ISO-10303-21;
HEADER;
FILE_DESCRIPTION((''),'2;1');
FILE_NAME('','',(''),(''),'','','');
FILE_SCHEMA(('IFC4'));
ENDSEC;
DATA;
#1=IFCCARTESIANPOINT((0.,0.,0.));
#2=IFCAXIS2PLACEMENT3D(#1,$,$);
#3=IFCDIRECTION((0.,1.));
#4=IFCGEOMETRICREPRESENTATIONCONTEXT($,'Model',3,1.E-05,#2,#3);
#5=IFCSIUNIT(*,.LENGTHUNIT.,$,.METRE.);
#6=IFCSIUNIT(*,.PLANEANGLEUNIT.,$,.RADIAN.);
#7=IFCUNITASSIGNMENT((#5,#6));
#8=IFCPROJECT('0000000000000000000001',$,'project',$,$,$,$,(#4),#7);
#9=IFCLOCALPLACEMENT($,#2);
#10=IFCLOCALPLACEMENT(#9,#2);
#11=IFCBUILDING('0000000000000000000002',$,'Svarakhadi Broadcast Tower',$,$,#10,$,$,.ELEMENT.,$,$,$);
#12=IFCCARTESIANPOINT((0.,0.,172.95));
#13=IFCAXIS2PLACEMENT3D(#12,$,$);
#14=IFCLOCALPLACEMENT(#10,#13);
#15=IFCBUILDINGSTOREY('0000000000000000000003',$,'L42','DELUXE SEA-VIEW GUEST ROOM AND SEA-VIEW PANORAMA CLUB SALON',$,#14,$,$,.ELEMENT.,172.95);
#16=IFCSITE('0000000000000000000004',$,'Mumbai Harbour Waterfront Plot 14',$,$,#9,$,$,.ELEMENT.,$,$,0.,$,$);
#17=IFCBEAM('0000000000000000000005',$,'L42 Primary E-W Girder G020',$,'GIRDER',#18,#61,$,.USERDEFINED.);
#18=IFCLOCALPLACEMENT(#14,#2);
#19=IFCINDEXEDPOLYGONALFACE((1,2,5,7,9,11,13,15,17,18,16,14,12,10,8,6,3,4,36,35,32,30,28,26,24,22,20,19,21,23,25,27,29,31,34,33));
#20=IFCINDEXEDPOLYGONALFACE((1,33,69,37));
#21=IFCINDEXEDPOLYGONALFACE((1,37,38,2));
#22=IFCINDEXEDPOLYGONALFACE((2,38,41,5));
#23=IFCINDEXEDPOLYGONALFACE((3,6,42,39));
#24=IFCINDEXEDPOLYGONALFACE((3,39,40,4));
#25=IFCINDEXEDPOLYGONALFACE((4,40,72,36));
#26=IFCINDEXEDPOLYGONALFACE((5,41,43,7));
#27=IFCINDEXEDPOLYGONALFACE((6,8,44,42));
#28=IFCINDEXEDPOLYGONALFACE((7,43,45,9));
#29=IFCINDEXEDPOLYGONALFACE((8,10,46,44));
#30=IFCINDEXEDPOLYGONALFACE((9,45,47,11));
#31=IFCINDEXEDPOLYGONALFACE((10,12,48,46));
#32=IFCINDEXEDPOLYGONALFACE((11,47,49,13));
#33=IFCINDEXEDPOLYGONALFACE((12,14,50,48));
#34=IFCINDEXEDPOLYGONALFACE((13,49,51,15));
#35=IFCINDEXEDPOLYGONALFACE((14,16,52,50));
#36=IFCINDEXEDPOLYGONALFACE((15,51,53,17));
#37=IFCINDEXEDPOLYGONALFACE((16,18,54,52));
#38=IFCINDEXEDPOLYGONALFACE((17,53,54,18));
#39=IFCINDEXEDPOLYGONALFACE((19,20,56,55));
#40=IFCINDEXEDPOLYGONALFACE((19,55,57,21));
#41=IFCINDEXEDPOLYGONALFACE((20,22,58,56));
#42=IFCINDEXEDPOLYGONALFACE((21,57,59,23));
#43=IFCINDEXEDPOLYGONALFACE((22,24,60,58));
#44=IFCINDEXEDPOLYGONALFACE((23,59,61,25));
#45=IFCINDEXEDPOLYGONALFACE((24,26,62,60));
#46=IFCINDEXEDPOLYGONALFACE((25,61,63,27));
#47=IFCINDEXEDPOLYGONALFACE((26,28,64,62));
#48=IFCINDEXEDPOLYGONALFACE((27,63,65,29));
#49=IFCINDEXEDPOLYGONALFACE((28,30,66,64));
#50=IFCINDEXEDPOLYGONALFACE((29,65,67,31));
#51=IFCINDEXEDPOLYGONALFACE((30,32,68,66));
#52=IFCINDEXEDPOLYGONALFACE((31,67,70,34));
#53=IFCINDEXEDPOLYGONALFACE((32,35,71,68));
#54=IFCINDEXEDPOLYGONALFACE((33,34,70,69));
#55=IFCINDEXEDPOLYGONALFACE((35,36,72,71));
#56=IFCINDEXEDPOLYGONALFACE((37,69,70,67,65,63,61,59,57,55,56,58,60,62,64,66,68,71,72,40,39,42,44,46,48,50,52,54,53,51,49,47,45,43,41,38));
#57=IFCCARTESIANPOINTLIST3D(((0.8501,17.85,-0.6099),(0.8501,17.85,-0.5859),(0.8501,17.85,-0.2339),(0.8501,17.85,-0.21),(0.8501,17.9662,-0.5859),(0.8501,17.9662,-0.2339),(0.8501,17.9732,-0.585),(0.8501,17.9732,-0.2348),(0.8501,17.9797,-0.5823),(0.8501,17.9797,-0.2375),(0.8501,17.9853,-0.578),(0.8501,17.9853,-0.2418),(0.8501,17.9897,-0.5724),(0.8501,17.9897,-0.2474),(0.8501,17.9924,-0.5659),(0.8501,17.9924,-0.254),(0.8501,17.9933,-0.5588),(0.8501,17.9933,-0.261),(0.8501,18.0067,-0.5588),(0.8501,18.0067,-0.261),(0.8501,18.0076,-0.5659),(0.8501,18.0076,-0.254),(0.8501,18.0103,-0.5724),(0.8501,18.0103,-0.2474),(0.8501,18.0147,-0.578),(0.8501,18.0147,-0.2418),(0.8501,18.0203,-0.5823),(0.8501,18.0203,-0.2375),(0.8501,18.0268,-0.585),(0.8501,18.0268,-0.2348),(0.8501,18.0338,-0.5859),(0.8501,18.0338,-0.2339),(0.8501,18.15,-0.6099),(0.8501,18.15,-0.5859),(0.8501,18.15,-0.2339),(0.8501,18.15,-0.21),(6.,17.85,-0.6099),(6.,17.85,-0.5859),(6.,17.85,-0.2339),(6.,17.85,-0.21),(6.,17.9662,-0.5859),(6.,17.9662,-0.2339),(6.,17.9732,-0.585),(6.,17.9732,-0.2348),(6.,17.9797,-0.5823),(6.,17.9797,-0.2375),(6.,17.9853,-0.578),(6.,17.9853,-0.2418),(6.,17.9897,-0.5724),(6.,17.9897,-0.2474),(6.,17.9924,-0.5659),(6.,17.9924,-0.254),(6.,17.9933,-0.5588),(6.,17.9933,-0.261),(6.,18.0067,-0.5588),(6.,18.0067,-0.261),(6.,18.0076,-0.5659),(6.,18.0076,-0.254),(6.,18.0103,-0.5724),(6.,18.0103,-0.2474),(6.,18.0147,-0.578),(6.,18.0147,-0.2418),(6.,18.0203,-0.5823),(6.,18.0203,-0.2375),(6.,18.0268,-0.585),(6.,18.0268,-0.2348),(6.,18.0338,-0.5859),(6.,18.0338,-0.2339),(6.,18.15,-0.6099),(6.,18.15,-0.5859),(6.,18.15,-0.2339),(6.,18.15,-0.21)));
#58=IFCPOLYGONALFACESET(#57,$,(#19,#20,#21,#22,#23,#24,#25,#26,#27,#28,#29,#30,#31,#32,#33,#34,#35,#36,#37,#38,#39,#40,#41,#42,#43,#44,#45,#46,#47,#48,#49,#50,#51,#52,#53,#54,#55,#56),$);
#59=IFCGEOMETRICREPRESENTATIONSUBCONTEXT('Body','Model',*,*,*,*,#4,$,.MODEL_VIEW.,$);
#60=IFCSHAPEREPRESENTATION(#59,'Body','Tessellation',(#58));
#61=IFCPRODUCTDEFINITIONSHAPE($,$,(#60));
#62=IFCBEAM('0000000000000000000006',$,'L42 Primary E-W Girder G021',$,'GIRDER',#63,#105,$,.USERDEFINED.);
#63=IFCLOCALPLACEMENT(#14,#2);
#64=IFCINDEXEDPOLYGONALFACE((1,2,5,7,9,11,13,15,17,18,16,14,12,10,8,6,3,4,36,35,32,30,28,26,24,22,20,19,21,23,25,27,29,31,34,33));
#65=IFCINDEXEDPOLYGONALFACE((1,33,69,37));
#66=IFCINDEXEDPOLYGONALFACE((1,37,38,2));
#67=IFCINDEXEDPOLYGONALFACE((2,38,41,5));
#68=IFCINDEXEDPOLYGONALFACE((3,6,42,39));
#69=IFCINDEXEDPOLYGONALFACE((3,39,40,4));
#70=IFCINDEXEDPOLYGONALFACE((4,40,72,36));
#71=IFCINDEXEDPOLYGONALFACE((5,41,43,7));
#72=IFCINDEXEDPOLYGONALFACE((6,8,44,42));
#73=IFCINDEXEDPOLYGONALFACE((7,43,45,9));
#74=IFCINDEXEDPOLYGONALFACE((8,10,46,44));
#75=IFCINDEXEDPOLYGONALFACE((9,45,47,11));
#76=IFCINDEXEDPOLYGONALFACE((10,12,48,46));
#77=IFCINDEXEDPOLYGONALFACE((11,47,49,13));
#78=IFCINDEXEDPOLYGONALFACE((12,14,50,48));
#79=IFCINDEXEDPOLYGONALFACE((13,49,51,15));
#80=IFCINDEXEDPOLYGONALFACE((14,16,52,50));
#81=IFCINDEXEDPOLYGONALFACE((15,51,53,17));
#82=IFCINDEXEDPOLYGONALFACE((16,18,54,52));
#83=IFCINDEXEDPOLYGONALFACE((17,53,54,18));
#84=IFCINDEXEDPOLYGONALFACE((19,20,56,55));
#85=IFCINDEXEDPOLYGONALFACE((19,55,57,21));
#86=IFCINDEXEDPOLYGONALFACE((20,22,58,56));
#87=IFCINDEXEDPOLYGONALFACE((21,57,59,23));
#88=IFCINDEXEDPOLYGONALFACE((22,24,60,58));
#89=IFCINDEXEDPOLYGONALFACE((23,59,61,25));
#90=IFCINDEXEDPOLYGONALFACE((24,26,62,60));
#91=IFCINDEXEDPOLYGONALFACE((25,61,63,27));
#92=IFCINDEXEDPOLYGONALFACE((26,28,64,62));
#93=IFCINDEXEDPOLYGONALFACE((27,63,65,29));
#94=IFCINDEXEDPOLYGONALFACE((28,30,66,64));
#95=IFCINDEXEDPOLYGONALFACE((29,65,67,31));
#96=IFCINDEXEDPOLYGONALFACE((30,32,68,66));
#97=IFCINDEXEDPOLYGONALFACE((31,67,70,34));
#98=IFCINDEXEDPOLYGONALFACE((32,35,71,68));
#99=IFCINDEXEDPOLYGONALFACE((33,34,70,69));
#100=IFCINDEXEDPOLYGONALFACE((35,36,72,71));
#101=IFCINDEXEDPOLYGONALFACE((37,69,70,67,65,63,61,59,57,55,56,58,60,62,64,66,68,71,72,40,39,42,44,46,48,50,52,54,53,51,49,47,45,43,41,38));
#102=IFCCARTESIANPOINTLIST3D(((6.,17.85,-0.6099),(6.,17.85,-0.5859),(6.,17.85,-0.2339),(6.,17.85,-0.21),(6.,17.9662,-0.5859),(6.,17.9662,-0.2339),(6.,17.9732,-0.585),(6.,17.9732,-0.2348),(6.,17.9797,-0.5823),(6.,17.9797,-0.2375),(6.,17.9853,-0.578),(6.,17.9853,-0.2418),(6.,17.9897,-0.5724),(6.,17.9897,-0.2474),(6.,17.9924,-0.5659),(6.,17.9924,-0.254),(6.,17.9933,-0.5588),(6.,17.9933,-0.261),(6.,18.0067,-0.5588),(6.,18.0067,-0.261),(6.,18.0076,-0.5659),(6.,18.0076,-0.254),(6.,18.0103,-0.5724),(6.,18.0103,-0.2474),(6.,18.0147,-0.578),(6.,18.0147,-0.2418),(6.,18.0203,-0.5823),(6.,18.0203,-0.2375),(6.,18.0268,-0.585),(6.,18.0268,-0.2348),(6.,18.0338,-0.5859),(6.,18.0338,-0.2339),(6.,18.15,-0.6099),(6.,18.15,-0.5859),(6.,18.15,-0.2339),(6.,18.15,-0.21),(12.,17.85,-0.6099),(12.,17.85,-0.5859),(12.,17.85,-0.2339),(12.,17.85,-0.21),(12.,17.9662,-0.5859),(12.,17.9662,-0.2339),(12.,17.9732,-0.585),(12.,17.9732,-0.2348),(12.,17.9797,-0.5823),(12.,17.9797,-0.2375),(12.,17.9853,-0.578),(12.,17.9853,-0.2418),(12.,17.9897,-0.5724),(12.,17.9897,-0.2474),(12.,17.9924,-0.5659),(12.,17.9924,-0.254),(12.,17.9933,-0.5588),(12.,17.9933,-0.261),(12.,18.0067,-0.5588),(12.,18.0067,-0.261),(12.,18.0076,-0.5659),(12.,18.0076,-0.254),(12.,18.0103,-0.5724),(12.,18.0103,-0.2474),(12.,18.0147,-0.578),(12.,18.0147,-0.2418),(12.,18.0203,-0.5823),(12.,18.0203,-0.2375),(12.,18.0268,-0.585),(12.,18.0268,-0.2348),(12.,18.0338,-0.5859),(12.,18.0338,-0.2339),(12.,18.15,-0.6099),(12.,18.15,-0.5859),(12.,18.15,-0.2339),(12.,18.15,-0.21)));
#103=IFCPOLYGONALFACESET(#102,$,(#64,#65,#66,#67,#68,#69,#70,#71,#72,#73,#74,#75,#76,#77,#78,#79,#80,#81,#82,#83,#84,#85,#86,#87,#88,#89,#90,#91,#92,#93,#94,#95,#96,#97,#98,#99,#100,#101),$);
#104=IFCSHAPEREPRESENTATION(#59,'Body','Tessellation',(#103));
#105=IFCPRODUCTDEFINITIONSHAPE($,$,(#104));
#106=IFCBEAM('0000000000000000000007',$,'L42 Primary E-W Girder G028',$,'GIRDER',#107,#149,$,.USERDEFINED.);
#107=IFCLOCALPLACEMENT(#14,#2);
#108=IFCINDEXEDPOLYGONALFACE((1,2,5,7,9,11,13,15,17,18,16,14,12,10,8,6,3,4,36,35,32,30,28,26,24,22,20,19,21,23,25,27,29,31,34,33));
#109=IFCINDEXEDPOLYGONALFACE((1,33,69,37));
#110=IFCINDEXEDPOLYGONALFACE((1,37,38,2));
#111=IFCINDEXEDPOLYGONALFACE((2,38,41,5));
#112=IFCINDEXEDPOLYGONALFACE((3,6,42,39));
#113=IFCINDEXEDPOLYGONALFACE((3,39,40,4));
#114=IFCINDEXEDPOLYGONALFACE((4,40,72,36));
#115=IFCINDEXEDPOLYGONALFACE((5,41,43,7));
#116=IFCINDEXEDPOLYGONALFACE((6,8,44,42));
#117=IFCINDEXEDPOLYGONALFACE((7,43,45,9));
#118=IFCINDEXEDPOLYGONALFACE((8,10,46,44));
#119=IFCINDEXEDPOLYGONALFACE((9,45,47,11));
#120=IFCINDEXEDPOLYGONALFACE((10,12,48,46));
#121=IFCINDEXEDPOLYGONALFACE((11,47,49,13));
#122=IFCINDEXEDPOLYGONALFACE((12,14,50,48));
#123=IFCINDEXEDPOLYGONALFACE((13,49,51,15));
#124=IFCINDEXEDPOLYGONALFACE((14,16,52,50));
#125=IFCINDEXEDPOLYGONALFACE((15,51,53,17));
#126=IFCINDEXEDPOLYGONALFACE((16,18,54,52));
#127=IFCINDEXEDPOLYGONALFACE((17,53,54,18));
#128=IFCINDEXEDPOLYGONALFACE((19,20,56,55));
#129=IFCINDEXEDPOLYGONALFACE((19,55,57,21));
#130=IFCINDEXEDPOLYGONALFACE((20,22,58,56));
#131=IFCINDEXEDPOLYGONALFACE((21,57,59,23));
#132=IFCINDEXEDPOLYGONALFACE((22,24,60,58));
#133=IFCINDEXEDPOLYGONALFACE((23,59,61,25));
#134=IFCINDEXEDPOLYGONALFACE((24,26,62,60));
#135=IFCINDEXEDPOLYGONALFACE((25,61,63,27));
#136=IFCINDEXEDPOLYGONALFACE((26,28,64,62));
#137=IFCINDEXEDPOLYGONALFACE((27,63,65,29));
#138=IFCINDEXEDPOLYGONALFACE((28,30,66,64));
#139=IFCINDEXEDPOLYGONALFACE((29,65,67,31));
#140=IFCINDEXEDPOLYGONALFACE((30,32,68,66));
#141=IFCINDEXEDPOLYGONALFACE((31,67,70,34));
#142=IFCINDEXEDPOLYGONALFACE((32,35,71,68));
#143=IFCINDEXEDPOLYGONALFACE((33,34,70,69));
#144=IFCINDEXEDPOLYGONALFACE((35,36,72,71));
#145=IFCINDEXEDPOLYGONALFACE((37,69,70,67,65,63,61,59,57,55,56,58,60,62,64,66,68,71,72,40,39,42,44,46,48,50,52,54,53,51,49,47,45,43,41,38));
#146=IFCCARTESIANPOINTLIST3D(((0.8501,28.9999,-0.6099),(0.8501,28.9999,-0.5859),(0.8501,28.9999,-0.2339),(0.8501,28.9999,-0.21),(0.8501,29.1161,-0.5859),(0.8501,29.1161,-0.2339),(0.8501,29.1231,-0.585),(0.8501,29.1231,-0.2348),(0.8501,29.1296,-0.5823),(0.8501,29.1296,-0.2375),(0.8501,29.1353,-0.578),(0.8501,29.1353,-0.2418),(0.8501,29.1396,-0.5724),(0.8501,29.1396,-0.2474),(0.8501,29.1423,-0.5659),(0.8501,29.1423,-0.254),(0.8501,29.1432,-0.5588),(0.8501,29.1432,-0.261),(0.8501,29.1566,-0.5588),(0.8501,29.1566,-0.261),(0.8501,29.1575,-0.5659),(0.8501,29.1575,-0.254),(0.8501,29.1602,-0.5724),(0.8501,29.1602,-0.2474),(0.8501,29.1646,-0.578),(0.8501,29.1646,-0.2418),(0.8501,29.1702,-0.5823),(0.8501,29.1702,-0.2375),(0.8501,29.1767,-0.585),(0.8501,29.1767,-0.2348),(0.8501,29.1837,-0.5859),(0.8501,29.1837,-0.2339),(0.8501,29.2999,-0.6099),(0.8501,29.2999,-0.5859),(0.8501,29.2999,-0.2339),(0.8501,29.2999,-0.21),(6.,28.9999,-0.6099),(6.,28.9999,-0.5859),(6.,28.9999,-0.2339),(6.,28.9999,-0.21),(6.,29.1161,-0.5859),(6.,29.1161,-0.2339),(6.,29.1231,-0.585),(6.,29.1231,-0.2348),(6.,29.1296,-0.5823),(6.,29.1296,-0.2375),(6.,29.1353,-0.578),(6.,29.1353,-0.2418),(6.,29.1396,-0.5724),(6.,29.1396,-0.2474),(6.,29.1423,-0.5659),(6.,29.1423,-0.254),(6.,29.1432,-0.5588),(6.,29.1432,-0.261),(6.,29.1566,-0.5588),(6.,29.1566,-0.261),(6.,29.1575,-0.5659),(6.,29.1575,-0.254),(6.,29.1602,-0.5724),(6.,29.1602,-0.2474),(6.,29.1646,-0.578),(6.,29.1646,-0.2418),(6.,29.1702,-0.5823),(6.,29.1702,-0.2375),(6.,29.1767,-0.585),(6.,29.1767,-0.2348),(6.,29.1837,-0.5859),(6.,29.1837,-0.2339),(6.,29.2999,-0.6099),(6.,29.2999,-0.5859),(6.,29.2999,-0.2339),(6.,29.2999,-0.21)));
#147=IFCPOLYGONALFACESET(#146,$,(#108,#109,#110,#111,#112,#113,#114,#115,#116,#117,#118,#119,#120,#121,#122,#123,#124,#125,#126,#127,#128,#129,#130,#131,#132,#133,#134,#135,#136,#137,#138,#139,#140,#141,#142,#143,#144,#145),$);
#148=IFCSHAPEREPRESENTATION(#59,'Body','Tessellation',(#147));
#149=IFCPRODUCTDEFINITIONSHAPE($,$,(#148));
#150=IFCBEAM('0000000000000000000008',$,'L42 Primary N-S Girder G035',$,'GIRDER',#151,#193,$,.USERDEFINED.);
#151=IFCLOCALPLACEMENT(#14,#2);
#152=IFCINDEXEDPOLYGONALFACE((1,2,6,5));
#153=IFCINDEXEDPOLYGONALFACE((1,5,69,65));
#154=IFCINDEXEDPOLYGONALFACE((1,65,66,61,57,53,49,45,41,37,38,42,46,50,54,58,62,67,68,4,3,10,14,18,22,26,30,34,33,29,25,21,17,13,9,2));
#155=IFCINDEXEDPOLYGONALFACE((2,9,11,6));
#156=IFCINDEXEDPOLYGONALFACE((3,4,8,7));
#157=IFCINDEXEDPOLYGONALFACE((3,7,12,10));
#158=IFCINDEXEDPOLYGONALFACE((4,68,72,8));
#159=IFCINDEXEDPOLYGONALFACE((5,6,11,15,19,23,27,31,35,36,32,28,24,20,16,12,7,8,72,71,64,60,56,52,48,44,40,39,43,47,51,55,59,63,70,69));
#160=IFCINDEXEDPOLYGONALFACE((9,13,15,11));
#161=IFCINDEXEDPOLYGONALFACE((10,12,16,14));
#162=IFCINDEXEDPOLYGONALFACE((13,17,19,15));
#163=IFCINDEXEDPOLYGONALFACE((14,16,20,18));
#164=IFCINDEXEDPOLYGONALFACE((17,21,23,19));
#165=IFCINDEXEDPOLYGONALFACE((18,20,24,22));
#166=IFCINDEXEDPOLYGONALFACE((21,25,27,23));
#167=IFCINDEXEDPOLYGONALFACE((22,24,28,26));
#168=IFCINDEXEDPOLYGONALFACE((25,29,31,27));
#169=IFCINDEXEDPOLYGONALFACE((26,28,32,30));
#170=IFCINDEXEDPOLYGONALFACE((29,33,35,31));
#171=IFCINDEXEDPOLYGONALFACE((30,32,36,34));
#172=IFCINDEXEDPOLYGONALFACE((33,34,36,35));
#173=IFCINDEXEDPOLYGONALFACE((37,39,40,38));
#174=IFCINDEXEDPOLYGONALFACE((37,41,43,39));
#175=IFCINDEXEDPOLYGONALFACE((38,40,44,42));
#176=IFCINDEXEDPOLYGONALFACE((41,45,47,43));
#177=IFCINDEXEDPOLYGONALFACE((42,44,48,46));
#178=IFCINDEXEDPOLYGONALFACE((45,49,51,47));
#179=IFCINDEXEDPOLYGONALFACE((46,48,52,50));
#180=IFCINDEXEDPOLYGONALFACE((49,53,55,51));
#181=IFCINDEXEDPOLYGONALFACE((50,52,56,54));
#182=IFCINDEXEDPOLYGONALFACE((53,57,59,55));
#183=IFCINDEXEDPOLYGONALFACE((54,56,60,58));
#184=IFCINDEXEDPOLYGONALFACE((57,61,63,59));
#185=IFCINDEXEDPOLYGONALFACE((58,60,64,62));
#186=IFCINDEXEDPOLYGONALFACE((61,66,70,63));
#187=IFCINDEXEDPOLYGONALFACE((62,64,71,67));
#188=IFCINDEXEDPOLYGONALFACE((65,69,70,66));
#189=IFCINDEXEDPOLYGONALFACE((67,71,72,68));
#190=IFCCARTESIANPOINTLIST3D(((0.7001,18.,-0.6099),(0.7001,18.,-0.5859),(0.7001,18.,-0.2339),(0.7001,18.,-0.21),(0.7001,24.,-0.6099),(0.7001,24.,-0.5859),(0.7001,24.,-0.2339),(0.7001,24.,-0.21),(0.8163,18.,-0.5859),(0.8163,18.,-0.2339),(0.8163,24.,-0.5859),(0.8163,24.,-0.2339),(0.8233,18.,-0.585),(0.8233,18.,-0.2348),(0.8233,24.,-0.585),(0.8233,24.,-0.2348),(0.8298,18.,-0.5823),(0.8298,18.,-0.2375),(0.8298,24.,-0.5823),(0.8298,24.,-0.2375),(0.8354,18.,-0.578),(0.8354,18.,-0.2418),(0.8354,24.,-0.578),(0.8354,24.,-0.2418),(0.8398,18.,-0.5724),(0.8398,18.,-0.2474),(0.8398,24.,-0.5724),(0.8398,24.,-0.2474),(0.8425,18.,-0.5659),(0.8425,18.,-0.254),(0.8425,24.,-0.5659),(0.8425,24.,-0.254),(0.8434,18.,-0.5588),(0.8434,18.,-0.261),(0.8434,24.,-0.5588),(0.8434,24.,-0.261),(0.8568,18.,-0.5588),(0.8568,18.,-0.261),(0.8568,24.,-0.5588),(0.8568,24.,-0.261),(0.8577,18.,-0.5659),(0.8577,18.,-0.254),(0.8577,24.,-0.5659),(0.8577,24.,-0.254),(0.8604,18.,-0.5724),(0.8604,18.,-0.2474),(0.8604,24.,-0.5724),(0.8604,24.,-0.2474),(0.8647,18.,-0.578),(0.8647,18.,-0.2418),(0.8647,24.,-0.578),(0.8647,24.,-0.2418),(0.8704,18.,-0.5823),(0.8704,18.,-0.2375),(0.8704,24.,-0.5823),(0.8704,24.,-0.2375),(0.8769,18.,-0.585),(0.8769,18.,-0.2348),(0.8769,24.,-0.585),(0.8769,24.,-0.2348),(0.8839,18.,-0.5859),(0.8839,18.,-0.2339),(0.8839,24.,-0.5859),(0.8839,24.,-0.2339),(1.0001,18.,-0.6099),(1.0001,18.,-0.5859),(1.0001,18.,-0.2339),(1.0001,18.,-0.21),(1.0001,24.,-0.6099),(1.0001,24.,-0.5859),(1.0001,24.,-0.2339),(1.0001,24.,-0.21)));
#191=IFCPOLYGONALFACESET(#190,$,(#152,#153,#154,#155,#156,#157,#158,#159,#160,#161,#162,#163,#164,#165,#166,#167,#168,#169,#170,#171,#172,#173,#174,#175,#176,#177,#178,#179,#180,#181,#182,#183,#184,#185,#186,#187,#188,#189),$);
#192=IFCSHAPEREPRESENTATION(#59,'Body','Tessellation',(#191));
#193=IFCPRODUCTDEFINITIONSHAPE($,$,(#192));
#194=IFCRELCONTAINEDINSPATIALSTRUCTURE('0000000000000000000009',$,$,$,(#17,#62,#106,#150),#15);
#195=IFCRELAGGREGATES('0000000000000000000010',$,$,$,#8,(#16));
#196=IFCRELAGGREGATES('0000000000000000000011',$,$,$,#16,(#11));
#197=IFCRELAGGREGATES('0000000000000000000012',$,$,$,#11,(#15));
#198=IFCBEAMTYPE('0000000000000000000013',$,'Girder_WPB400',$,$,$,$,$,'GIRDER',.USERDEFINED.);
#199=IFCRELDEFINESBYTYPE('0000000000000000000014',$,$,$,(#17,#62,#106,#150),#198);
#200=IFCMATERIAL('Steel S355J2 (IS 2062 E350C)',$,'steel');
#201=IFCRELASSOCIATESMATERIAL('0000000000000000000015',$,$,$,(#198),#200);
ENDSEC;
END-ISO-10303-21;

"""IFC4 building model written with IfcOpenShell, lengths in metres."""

from ifc_helpers import new_model, si_unit, direction, frame, origin, origin_2d, place, context, subcontext, project, spatial, i_section, extrude, material, material_profile, profile_set, type_object, element, save


model = new_model("IFC4")

# Units and contexts
model_context = context("Model", 3, precision=1e-05, world=origin(), true_north=direction((0.0, 1.0)))
body_context = subcontext(model_context, "Body", "Model", "MODEL_VIEW")
ifc_project = project(units=[si_unit("LENGTHUNIT", "METRE"), si_unit("PLANEANGLEUNIT", "RADIAN")], contexts=[model_context])

# Site, building, storey
site_placement = place(None, origin())
site = spatial("IfcSite", under=ifc_project, at=site_placement, Name="Mumbai Harbour Waterfront Plot 14", CompositionType="ELEMENT", RefElevation=0.0)
building_placement = place(site_placement, origin())
building = spatial("IfcBuilding", under=site, at=building_placement, Name="Svarakhadi Broadcast Tower", CompositionType="ELEMENT")
storey_placement = place(building_placement, frame((0.0, 0.0, 172.95)))
storey = spatial("IfcBuildingStorey", under=building, at=storey_placement, Name="L42", Description="DELUXE SEA-VIEW GUEST ROOM AND SEA-VIEW PANORAMA CLUB SALON", CompositionType="ELEMENT", Elevation=172.95)

# Shared definitions
ifc_material_1 = material(Name="Steel S355J2 (IS 2062 E350C)", Category="steel")

# Beams
ifc_material_profile_1 = material_profile(ifc_material_1, i_section(OverallWidth=0.3, OverallDepth=0.3999, WebThickness=0.0134, FlangeThickness=0.0239, FilletRadius=0.0271, at=origin_2d()), Name="WPB 400x300x155")
ifc_profile_set_1 = profile_set([ifc_material_profile_1], Name="Steel S355J2 (IS 2062 E350C)")
beam_type_1 = type_object("IfcBeamType", Name="Girder_WPB400", ElementType="GIRDER", PredefinedType="USERDEFINED", material=ifc_profile_set_1)
beam_1_placement = place(storey_placement, frame((0.8501, 18.0, -0.4099), z_axis=(1.0, 0.0, 0.0), x_axis=(0.0, 1.0, 0.0)))
element("IfcBeam", 1, at=beam_1_placement, inside=storey, type_object=beam_type_1, Name="L42 Primary E-W Girder G020", ObjectType="GIRDER", PredefinedType="USERDEFINED", context=body_context, shape_type="SweptSolid", body=[
    extrude(i_section(OverallWidth=0.3, OverallDepth=0.3999, WebThickness=0.0134, FlangeThickness=0.0239, FilletRadius=0.0271, at=origin_2d()), origin(), (0.0, 0.0, 1.0), 5.1499),
])
beam_2_placement = place(storey_placement, frame((6.0, 18.0, -0.4099), z_axis=(1.0, 0.0, 0.0), x_axis=(0.0, 1.0, 0.0)))
element("IfcBeam", 2, at=beam_2_placement, inside=storey, type_object=beam_type_1, Name="L42 Primary E-W Girder G021", ObjectType="GIRDER", PredefinedType="USERDEFINED", context=body_context, shape_type="SweptSolid", body=[
    extrude(i_section(OverallWidth=0.3, OverallDepth=0.3999, WebThickness=0.0134, FlangeThickness=0.0239, FilletRadius=0.0271, at=origin_2d()), origin(), (0.0, 0.0, 1.0), 6.0),
])
beam_3_placement = place(storey_placement, frame((0.8501, 29.1499, -0.4099), z_axis=(1.0, 0.0, 0.0), x_axis=(0.0, 1.0, 0.0)))
element("IfcBeam", 3, at=beam_3_placement, inside=storey, type_object=beam_type_1, Name="L42 Primary E-W Girder G028", ObjectType="GIRDER", PredefinedType="USERDEFINED", context=body_context, shape_type="SweptSolid", body=[
    extrude(i_section(OverallWidth=0.3, OverallDepth=0.3999, WebThickness=0.0134, FlangeThickness=0.0239, FilletRadius=0.0271, at=origin_2d()), origin(), (0.0, 0.0, 1.0), 5.1499),
])
beam_4_placement = place(storey_placement, frame((0.8501, 18.0, -0.4099), z_axis=(0.0, 1.0, 0.0), x_axis=(-1.0, 0.0, 0.0)))
element("IfcBeam", 4, at=beam_4_placement, inside=storey, type_object=beam_type_1, Name="L42 Primary N-S Girder G035", ObjectType="GIRDER", PredefinedType="USERDEFINED", context=body_context, shape_type="SweptSolid", body=[
    extrude(i_section(OverallWidth=0.3, OverallDepth=0.3999, WebThickness=0.0134, FlangeThickness=0.0239, FilletRadius=0.0271, at=origin_2d()), origin(), (0.0, 0.0, 1.0), 6.0),
])

save(model, "model.ifc")
